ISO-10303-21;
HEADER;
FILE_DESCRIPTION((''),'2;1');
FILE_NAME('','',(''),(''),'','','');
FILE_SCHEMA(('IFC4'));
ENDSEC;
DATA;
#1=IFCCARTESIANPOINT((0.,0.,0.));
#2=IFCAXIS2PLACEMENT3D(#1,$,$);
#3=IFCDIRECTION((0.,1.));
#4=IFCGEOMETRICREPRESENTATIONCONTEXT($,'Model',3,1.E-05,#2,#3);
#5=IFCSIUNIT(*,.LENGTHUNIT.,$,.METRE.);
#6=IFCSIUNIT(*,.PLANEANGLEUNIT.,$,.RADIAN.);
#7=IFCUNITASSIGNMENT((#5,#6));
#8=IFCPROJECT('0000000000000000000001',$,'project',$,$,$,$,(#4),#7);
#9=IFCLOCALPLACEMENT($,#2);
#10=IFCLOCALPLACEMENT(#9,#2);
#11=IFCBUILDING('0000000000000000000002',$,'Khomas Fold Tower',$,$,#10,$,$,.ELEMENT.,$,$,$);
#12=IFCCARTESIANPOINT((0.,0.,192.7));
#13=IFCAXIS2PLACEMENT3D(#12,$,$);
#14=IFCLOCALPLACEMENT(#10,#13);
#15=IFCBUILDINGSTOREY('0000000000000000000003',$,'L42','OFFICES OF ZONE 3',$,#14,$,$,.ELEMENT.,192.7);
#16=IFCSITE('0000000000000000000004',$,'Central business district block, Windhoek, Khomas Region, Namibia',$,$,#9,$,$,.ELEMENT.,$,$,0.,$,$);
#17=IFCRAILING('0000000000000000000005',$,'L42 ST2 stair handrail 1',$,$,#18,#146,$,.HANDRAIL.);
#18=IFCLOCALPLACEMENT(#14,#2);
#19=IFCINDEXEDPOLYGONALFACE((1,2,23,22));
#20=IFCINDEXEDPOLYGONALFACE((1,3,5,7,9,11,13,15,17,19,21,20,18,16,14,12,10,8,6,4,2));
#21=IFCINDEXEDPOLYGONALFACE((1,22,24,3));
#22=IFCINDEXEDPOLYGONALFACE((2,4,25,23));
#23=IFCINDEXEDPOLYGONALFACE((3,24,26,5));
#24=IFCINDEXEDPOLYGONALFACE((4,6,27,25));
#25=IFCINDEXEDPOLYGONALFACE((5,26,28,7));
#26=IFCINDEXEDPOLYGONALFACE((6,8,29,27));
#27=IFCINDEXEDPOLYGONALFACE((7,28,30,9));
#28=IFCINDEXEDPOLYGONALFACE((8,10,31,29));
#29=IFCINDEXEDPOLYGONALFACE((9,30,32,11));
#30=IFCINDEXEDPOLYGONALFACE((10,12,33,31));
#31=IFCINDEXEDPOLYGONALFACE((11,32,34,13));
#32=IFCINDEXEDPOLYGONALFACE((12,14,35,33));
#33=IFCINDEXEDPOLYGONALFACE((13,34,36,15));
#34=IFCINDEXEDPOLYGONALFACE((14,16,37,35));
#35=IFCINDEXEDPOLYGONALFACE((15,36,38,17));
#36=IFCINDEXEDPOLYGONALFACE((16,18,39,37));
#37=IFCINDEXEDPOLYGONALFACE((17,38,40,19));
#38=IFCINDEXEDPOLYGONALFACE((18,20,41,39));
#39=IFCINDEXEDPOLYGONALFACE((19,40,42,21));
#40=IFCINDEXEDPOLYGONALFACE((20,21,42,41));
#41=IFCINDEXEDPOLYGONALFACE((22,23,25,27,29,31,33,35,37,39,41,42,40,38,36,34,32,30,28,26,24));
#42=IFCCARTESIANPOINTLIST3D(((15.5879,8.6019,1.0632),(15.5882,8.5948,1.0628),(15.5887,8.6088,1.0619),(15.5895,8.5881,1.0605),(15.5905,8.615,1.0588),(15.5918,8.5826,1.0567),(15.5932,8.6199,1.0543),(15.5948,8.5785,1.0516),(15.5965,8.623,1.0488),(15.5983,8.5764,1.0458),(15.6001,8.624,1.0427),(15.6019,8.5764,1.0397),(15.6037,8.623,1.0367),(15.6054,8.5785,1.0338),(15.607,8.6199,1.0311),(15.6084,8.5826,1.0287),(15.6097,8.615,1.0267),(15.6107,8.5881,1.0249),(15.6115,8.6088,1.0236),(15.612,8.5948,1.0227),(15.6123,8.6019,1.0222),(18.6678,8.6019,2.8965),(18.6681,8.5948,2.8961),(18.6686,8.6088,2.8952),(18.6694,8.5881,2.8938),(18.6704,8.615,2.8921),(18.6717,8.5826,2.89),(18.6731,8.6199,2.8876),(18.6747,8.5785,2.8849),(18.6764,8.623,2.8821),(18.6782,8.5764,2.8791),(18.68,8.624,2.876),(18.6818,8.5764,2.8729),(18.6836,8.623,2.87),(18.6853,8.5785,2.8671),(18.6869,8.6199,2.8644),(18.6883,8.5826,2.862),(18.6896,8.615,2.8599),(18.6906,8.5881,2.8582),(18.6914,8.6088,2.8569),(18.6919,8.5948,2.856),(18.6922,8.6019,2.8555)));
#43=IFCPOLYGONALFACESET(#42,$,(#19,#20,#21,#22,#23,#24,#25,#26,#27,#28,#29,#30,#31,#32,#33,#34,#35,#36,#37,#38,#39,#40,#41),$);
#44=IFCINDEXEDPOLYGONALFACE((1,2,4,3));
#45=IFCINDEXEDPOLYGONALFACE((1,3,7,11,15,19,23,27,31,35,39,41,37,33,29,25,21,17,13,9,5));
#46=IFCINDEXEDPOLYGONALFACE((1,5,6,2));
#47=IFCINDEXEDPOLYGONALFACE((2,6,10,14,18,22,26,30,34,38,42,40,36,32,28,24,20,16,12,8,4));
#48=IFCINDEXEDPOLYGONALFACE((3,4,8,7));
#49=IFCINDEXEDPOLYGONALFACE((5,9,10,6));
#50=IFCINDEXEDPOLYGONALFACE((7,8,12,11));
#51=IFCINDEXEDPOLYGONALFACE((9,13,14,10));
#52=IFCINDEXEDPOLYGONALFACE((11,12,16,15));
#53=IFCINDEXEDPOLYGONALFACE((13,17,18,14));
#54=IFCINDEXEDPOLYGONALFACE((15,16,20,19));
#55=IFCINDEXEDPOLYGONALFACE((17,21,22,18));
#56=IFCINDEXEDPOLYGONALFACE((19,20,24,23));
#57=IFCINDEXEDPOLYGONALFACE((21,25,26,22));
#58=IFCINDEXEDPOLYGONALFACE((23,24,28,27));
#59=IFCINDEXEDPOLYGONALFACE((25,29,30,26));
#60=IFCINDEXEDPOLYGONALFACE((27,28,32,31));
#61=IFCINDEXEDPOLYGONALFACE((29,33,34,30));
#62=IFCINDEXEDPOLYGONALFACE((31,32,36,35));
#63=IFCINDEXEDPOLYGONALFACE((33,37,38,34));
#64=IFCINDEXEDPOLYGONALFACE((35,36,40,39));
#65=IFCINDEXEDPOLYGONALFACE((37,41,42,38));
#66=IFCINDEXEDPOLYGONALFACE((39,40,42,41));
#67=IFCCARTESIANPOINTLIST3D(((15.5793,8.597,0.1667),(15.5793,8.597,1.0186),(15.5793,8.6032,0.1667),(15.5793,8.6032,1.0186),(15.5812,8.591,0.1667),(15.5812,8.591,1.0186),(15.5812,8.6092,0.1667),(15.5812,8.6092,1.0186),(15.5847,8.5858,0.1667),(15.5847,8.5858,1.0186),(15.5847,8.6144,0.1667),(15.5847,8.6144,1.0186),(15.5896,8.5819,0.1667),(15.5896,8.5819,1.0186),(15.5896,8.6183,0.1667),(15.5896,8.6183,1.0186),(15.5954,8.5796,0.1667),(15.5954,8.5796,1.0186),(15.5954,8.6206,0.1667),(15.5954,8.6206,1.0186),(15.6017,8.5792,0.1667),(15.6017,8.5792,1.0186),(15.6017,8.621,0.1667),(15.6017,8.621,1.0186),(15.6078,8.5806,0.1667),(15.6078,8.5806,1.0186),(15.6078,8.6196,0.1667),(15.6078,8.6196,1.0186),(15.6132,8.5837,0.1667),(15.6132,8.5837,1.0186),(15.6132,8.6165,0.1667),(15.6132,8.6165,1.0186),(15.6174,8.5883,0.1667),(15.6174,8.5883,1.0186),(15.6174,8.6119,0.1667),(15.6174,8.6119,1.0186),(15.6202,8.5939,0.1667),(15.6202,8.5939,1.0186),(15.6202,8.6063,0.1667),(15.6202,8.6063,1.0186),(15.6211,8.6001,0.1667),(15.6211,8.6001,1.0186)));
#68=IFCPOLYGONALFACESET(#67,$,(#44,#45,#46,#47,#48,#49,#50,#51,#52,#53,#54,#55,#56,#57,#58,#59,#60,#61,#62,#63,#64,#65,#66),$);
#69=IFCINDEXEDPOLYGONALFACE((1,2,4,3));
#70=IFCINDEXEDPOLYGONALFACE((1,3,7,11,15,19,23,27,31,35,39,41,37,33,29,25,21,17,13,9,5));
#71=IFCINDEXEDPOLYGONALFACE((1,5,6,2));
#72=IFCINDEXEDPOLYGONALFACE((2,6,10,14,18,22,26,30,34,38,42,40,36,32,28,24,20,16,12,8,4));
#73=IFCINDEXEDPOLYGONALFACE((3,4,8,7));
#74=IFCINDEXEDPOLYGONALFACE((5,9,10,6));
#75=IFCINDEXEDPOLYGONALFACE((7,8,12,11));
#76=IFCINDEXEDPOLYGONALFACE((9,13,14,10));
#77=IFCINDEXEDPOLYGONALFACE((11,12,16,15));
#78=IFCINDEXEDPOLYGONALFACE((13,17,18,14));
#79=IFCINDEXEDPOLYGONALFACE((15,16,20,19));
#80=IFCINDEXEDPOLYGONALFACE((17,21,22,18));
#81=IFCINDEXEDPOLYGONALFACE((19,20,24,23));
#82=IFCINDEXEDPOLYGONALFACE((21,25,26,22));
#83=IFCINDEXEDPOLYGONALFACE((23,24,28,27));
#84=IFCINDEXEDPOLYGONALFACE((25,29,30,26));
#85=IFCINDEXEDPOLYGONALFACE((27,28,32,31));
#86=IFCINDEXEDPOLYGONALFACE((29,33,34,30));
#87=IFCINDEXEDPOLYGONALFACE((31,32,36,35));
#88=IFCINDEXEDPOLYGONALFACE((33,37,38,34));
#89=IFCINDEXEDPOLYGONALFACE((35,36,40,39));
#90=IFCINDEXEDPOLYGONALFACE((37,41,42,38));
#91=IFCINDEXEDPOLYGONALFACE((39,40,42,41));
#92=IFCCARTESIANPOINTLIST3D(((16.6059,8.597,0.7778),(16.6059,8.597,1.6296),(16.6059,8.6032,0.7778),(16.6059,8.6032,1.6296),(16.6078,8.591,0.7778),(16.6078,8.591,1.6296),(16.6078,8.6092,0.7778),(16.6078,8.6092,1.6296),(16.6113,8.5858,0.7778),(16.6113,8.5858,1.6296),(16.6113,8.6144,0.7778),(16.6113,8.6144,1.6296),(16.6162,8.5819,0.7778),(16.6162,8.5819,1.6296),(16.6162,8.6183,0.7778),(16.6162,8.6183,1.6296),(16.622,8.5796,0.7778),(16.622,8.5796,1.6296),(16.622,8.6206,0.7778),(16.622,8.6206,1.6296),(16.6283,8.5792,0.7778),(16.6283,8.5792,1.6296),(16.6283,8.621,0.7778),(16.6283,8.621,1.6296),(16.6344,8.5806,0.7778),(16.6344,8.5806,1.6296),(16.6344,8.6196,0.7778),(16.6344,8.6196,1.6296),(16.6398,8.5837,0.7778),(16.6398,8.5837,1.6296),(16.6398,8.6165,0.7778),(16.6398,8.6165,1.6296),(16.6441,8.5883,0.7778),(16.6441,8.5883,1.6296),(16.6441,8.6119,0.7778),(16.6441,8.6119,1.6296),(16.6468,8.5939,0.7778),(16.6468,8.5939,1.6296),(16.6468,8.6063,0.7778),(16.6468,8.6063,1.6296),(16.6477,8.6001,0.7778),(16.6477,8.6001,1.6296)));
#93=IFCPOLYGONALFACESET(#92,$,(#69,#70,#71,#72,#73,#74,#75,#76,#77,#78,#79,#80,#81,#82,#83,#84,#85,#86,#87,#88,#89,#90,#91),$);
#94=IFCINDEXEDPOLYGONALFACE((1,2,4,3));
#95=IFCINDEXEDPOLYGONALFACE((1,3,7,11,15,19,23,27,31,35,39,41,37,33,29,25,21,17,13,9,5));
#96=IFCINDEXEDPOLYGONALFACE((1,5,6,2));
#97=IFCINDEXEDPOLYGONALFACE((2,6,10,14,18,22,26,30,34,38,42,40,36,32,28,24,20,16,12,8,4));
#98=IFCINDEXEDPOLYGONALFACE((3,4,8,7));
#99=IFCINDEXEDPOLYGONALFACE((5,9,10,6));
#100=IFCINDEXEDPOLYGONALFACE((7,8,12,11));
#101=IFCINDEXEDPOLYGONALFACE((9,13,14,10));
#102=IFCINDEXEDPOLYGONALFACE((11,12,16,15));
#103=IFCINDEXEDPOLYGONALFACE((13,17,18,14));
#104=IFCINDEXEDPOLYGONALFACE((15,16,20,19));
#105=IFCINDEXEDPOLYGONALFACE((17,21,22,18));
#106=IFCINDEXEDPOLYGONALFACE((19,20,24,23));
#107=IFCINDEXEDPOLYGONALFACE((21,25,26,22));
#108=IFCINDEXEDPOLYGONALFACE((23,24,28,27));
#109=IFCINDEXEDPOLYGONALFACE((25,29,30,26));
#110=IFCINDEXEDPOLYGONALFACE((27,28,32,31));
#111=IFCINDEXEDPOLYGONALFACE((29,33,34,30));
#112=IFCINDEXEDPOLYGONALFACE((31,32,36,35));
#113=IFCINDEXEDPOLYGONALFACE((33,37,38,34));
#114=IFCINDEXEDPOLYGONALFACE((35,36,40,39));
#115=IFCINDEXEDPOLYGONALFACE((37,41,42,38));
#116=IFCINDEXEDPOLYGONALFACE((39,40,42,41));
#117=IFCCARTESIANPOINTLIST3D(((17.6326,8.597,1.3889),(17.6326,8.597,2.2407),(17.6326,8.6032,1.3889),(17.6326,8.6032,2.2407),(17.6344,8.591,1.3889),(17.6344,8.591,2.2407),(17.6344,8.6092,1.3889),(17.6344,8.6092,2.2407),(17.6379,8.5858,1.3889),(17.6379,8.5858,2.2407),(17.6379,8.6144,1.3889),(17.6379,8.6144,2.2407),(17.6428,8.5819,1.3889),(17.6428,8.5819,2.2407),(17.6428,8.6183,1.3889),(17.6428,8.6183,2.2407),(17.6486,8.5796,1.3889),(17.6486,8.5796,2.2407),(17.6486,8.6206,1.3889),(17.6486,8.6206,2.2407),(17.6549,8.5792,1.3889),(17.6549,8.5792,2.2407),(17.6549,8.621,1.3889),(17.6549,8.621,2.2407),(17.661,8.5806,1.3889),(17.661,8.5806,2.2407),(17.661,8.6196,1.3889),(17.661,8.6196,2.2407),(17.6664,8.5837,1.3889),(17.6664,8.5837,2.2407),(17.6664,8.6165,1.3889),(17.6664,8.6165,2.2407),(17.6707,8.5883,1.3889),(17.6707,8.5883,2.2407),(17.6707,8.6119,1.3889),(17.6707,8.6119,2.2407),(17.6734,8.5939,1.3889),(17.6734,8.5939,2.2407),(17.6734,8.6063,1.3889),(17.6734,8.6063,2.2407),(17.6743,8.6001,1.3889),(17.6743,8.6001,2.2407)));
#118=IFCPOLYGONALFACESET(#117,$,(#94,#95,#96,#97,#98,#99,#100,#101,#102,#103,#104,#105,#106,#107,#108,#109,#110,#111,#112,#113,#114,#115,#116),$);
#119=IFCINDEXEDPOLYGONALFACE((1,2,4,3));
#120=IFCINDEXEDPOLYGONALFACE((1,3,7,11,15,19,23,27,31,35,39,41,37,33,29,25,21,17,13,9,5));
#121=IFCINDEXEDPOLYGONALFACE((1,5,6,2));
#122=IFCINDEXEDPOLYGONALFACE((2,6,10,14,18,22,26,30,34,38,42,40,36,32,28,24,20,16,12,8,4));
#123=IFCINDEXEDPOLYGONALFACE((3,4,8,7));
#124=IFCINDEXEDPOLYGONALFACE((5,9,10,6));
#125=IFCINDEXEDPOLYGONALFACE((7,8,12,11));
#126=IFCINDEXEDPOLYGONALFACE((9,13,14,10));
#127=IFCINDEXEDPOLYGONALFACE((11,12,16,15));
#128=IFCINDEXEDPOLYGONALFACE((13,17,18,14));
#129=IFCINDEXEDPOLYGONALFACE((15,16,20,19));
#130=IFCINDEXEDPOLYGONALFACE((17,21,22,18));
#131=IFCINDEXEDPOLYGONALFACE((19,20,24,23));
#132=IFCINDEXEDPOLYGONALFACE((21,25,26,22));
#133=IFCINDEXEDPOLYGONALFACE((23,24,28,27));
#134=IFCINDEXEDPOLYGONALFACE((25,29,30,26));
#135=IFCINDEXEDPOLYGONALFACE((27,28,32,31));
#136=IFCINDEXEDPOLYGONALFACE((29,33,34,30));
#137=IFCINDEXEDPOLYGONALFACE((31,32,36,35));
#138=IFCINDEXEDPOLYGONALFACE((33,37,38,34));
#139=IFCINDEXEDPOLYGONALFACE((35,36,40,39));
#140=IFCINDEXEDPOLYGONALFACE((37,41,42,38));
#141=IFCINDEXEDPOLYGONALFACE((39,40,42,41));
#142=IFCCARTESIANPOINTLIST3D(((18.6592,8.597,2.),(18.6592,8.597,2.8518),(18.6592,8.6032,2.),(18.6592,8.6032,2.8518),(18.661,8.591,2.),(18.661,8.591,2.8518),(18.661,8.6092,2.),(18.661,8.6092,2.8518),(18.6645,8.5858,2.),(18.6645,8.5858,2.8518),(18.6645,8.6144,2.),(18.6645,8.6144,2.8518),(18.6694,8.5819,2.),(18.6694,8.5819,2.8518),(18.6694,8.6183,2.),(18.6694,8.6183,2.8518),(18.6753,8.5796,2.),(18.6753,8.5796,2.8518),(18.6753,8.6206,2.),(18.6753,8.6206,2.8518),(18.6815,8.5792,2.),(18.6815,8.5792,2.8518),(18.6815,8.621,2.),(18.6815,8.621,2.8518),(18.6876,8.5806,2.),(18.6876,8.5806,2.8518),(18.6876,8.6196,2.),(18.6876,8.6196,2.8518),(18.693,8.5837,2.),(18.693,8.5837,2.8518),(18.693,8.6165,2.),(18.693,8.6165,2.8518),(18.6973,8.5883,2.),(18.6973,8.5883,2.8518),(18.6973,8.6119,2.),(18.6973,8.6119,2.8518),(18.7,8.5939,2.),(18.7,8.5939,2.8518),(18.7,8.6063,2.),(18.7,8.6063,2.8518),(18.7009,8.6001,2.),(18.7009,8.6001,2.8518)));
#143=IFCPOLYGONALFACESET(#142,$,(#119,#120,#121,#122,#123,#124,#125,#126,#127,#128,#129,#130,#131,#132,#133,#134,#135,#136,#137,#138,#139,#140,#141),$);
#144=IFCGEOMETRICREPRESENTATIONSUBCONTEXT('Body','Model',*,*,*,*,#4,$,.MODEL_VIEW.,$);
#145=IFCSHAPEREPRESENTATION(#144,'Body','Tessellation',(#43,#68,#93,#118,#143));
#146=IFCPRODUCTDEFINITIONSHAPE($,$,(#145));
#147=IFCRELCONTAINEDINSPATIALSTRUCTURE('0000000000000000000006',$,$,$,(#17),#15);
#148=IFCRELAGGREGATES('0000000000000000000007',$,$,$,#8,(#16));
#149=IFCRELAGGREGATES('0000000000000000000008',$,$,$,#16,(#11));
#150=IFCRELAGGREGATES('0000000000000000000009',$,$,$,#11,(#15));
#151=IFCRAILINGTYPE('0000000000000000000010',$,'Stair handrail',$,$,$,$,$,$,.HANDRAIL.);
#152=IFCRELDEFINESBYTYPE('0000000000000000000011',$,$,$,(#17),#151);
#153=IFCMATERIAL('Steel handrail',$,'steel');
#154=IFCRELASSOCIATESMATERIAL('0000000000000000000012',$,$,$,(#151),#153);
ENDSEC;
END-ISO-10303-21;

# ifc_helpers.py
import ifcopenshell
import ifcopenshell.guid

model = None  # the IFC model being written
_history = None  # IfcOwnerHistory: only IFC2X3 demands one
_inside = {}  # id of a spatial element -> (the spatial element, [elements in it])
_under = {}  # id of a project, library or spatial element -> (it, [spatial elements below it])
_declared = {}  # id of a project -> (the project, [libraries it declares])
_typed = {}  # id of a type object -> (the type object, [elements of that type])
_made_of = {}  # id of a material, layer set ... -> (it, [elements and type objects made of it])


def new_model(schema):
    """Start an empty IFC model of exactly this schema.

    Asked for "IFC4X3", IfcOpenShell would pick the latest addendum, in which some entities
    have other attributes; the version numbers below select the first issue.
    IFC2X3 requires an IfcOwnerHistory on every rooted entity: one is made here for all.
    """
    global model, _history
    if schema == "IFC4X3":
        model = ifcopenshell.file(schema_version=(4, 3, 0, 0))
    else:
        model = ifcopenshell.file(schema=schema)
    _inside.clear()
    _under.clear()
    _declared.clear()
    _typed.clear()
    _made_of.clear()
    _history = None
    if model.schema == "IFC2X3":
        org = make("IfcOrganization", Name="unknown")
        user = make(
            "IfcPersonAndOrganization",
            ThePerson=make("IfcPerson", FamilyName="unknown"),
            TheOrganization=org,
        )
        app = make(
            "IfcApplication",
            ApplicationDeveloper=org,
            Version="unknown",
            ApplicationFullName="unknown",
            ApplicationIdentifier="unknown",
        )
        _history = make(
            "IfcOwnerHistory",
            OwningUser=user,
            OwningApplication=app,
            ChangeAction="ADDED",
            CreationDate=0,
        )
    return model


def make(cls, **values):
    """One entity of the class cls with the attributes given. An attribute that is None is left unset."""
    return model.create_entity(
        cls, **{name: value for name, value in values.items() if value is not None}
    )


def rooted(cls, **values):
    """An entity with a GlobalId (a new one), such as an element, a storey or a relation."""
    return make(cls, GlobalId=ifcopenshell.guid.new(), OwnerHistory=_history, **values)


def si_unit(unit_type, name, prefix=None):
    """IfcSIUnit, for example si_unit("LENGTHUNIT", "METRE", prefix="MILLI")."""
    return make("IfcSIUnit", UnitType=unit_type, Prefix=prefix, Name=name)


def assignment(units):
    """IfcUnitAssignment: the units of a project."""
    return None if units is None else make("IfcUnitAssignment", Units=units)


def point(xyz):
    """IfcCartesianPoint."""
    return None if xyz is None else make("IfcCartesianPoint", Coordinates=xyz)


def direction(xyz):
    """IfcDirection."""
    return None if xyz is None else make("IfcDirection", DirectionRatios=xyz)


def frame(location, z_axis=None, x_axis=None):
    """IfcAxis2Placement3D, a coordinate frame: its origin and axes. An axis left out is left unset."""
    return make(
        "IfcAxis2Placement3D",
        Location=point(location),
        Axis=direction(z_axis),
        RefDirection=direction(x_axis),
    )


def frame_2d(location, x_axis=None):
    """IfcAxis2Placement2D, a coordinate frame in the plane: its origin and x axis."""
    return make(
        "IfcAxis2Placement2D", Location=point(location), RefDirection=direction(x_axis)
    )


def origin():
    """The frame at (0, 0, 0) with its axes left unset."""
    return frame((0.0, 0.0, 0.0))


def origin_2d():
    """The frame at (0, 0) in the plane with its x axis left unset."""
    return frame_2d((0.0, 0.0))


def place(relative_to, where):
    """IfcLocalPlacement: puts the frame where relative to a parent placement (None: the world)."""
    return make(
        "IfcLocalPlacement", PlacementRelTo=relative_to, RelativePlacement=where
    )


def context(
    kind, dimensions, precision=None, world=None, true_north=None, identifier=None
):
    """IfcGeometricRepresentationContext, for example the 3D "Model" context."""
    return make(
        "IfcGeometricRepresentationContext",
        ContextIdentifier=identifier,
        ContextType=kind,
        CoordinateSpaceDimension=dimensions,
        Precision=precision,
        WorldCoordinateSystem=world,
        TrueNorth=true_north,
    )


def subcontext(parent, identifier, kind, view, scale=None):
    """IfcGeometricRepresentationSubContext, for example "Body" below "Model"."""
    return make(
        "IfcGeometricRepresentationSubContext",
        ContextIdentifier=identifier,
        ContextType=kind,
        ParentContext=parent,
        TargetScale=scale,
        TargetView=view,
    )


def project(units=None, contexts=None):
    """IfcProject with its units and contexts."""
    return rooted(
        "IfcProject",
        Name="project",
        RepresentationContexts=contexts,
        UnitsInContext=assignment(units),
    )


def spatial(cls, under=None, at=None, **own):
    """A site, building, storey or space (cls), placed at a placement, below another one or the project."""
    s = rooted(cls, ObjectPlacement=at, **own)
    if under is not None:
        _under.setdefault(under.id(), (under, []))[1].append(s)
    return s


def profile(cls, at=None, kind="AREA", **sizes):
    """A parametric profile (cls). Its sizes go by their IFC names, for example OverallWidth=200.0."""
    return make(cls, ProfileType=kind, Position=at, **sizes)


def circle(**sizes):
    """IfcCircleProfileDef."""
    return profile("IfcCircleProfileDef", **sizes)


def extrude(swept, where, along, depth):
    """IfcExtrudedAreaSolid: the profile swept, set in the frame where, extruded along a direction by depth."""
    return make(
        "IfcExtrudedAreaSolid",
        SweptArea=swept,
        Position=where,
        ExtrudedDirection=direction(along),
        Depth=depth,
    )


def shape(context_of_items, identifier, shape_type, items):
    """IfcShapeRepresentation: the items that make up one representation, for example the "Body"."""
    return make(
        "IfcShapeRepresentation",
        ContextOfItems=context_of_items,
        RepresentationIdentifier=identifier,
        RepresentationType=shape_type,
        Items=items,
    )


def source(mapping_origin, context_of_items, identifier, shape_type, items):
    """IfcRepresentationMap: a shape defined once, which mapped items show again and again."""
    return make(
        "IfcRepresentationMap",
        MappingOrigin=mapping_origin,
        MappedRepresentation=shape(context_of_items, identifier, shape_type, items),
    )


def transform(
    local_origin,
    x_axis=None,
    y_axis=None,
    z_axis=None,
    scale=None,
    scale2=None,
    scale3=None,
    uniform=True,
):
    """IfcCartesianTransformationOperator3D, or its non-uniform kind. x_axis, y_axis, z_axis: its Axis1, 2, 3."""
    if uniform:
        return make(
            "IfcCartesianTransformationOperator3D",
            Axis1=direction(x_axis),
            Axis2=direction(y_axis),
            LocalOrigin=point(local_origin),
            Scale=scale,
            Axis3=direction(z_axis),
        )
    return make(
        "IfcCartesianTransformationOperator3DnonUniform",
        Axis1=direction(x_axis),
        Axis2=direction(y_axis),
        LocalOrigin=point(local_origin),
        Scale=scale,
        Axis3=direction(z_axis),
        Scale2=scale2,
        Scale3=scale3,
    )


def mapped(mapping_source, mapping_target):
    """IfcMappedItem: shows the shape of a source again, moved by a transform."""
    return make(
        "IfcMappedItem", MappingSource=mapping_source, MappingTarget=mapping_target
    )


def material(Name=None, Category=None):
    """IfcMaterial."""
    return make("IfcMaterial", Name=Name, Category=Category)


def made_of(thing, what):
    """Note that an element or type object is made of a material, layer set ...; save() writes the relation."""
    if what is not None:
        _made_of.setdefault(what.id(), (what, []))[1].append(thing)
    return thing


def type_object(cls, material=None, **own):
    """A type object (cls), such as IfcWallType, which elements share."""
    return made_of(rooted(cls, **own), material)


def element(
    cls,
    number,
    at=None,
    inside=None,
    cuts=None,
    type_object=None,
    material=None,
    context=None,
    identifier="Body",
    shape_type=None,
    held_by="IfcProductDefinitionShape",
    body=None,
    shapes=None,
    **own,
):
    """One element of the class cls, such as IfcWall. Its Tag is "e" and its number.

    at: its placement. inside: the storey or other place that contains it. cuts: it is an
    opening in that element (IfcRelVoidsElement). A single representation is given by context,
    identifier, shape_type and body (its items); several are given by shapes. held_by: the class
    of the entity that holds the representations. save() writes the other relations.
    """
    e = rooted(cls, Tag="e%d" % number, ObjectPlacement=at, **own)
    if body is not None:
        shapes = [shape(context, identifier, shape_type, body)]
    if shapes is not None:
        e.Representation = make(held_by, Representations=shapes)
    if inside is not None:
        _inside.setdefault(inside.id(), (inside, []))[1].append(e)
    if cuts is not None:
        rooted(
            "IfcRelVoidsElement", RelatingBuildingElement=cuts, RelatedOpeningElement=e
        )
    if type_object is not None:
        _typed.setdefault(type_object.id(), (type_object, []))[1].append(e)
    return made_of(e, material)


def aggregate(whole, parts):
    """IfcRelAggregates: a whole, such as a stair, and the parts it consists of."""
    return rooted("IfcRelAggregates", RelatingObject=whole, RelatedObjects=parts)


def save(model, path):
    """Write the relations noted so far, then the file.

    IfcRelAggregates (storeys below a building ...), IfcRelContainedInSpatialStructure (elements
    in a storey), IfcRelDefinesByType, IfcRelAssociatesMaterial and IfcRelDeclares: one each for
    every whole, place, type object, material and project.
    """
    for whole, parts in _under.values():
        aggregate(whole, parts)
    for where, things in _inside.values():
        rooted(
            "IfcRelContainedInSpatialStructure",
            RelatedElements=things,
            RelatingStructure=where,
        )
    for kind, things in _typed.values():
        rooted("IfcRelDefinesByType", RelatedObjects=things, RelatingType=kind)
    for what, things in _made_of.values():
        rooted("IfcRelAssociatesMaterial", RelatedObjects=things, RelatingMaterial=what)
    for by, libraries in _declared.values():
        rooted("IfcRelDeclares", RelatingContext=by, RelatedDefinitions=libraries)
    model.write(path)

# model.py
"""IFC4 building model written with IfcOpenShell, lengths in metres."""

from ifc_helpers import new_model, si_unit, direction, frame, origin, origin_2d, place, context, subcontext, project, spatial, circle, extrude, source, transform, mapped, material, type_object, element, save


model = new_model("IFC4")

# Units and contexts
model_context = context("Model", 3, precision=1e-05, world=origin(), true_north=direction((0.0, 1.0)))
body_context = subcontext(model_context, "Body", "Model", "MODEL_VIEW")
ifc_project = project(units=[si_unit("LENGTHUNIT", "METRE"), si_unit("PLANEANGLEUNIT", "RADIAN")], contexts=[model_context])

# Site, building, storey
site_placement = place(None, origin())
site = spatial("IfcSite", under=ifc_project, at=site_placement, Name="Central business district block, Windhoek, Khomas Region, Namibia", CompositionType="ELEMENT", RefElevation=0.0)
building_placement = place(site_placement, origin())
building = spatial("IfcBuilding", under=site, at=building_placement, Name="Khomas Fold Tower", CompositionType="ELEMENT")
storey_placement = place(building_placement, frame((0.0, 0.0, 192.7)))
storey = spatial("IfcBuildingStorey", under=building, at=storey_placement, Name="L42", Description="OFFICES OF ZONE 3", CompositionType="ELEMENT", Elevation=192.7)

# Railing
ifc_material_1 = material(Name="Steel handrail", Category="steel")
railing_type_1 = type_object("IfcRailingType", Name="Stair handrail", PredefinedType="HANDRAIL", material=ifc_material_1)
shared_shape_1 = source(origin(), body_context, "Body", "SweptSolid", [
    extrude(circle(Radius=0.0239, at=origin_2d()), frame((0.0, 0.0, 0.876), z_axis=(0.859291, 0.0, 0.511487), x_axis=(0.0, 1.0, 0.0)), (0.0, 0.0, 1.0), 3.5842),
    extrude(circle(Radius=0.021, at=origin_2d()), origin(), (0.0, 0.0, 1.0), 0.8518),
    extrude(circle(Radius=0.021, at=origin_2d()), frame((1.0266, 0.0, 0.6111)), (0.0, 0.0, 1.0), 0.8518),
    extrude(circle(Radius=0.021, at=origin_2d()), frame((2.0532, 0.0, 1.2222)), (0.0, 0.0, 1.0), 0.8518),
    extrude(circle(Radius=0.021, at=origin_2d()), frame((3.0798, 0.0, 1.8333)), (0.0, 0.0, 1.0), 0.8518),
])
railing_1_placement = place(storey_placement, frame((15.6001, 8.6001, 0.1667)))
element("IfcRailing", 1, at=railing_1_placement, inside=storey, type_object=railing_type_1, Name="L42 ST2 stair handrail 1", PredefinedType="HANDRAIL", context=body_context, shape_type="MappedRepresentation", body=[
    mapped(shared_shape_1, transform((0.0, 0.0, 0.0))),
])

save(model, "model.ifc")
